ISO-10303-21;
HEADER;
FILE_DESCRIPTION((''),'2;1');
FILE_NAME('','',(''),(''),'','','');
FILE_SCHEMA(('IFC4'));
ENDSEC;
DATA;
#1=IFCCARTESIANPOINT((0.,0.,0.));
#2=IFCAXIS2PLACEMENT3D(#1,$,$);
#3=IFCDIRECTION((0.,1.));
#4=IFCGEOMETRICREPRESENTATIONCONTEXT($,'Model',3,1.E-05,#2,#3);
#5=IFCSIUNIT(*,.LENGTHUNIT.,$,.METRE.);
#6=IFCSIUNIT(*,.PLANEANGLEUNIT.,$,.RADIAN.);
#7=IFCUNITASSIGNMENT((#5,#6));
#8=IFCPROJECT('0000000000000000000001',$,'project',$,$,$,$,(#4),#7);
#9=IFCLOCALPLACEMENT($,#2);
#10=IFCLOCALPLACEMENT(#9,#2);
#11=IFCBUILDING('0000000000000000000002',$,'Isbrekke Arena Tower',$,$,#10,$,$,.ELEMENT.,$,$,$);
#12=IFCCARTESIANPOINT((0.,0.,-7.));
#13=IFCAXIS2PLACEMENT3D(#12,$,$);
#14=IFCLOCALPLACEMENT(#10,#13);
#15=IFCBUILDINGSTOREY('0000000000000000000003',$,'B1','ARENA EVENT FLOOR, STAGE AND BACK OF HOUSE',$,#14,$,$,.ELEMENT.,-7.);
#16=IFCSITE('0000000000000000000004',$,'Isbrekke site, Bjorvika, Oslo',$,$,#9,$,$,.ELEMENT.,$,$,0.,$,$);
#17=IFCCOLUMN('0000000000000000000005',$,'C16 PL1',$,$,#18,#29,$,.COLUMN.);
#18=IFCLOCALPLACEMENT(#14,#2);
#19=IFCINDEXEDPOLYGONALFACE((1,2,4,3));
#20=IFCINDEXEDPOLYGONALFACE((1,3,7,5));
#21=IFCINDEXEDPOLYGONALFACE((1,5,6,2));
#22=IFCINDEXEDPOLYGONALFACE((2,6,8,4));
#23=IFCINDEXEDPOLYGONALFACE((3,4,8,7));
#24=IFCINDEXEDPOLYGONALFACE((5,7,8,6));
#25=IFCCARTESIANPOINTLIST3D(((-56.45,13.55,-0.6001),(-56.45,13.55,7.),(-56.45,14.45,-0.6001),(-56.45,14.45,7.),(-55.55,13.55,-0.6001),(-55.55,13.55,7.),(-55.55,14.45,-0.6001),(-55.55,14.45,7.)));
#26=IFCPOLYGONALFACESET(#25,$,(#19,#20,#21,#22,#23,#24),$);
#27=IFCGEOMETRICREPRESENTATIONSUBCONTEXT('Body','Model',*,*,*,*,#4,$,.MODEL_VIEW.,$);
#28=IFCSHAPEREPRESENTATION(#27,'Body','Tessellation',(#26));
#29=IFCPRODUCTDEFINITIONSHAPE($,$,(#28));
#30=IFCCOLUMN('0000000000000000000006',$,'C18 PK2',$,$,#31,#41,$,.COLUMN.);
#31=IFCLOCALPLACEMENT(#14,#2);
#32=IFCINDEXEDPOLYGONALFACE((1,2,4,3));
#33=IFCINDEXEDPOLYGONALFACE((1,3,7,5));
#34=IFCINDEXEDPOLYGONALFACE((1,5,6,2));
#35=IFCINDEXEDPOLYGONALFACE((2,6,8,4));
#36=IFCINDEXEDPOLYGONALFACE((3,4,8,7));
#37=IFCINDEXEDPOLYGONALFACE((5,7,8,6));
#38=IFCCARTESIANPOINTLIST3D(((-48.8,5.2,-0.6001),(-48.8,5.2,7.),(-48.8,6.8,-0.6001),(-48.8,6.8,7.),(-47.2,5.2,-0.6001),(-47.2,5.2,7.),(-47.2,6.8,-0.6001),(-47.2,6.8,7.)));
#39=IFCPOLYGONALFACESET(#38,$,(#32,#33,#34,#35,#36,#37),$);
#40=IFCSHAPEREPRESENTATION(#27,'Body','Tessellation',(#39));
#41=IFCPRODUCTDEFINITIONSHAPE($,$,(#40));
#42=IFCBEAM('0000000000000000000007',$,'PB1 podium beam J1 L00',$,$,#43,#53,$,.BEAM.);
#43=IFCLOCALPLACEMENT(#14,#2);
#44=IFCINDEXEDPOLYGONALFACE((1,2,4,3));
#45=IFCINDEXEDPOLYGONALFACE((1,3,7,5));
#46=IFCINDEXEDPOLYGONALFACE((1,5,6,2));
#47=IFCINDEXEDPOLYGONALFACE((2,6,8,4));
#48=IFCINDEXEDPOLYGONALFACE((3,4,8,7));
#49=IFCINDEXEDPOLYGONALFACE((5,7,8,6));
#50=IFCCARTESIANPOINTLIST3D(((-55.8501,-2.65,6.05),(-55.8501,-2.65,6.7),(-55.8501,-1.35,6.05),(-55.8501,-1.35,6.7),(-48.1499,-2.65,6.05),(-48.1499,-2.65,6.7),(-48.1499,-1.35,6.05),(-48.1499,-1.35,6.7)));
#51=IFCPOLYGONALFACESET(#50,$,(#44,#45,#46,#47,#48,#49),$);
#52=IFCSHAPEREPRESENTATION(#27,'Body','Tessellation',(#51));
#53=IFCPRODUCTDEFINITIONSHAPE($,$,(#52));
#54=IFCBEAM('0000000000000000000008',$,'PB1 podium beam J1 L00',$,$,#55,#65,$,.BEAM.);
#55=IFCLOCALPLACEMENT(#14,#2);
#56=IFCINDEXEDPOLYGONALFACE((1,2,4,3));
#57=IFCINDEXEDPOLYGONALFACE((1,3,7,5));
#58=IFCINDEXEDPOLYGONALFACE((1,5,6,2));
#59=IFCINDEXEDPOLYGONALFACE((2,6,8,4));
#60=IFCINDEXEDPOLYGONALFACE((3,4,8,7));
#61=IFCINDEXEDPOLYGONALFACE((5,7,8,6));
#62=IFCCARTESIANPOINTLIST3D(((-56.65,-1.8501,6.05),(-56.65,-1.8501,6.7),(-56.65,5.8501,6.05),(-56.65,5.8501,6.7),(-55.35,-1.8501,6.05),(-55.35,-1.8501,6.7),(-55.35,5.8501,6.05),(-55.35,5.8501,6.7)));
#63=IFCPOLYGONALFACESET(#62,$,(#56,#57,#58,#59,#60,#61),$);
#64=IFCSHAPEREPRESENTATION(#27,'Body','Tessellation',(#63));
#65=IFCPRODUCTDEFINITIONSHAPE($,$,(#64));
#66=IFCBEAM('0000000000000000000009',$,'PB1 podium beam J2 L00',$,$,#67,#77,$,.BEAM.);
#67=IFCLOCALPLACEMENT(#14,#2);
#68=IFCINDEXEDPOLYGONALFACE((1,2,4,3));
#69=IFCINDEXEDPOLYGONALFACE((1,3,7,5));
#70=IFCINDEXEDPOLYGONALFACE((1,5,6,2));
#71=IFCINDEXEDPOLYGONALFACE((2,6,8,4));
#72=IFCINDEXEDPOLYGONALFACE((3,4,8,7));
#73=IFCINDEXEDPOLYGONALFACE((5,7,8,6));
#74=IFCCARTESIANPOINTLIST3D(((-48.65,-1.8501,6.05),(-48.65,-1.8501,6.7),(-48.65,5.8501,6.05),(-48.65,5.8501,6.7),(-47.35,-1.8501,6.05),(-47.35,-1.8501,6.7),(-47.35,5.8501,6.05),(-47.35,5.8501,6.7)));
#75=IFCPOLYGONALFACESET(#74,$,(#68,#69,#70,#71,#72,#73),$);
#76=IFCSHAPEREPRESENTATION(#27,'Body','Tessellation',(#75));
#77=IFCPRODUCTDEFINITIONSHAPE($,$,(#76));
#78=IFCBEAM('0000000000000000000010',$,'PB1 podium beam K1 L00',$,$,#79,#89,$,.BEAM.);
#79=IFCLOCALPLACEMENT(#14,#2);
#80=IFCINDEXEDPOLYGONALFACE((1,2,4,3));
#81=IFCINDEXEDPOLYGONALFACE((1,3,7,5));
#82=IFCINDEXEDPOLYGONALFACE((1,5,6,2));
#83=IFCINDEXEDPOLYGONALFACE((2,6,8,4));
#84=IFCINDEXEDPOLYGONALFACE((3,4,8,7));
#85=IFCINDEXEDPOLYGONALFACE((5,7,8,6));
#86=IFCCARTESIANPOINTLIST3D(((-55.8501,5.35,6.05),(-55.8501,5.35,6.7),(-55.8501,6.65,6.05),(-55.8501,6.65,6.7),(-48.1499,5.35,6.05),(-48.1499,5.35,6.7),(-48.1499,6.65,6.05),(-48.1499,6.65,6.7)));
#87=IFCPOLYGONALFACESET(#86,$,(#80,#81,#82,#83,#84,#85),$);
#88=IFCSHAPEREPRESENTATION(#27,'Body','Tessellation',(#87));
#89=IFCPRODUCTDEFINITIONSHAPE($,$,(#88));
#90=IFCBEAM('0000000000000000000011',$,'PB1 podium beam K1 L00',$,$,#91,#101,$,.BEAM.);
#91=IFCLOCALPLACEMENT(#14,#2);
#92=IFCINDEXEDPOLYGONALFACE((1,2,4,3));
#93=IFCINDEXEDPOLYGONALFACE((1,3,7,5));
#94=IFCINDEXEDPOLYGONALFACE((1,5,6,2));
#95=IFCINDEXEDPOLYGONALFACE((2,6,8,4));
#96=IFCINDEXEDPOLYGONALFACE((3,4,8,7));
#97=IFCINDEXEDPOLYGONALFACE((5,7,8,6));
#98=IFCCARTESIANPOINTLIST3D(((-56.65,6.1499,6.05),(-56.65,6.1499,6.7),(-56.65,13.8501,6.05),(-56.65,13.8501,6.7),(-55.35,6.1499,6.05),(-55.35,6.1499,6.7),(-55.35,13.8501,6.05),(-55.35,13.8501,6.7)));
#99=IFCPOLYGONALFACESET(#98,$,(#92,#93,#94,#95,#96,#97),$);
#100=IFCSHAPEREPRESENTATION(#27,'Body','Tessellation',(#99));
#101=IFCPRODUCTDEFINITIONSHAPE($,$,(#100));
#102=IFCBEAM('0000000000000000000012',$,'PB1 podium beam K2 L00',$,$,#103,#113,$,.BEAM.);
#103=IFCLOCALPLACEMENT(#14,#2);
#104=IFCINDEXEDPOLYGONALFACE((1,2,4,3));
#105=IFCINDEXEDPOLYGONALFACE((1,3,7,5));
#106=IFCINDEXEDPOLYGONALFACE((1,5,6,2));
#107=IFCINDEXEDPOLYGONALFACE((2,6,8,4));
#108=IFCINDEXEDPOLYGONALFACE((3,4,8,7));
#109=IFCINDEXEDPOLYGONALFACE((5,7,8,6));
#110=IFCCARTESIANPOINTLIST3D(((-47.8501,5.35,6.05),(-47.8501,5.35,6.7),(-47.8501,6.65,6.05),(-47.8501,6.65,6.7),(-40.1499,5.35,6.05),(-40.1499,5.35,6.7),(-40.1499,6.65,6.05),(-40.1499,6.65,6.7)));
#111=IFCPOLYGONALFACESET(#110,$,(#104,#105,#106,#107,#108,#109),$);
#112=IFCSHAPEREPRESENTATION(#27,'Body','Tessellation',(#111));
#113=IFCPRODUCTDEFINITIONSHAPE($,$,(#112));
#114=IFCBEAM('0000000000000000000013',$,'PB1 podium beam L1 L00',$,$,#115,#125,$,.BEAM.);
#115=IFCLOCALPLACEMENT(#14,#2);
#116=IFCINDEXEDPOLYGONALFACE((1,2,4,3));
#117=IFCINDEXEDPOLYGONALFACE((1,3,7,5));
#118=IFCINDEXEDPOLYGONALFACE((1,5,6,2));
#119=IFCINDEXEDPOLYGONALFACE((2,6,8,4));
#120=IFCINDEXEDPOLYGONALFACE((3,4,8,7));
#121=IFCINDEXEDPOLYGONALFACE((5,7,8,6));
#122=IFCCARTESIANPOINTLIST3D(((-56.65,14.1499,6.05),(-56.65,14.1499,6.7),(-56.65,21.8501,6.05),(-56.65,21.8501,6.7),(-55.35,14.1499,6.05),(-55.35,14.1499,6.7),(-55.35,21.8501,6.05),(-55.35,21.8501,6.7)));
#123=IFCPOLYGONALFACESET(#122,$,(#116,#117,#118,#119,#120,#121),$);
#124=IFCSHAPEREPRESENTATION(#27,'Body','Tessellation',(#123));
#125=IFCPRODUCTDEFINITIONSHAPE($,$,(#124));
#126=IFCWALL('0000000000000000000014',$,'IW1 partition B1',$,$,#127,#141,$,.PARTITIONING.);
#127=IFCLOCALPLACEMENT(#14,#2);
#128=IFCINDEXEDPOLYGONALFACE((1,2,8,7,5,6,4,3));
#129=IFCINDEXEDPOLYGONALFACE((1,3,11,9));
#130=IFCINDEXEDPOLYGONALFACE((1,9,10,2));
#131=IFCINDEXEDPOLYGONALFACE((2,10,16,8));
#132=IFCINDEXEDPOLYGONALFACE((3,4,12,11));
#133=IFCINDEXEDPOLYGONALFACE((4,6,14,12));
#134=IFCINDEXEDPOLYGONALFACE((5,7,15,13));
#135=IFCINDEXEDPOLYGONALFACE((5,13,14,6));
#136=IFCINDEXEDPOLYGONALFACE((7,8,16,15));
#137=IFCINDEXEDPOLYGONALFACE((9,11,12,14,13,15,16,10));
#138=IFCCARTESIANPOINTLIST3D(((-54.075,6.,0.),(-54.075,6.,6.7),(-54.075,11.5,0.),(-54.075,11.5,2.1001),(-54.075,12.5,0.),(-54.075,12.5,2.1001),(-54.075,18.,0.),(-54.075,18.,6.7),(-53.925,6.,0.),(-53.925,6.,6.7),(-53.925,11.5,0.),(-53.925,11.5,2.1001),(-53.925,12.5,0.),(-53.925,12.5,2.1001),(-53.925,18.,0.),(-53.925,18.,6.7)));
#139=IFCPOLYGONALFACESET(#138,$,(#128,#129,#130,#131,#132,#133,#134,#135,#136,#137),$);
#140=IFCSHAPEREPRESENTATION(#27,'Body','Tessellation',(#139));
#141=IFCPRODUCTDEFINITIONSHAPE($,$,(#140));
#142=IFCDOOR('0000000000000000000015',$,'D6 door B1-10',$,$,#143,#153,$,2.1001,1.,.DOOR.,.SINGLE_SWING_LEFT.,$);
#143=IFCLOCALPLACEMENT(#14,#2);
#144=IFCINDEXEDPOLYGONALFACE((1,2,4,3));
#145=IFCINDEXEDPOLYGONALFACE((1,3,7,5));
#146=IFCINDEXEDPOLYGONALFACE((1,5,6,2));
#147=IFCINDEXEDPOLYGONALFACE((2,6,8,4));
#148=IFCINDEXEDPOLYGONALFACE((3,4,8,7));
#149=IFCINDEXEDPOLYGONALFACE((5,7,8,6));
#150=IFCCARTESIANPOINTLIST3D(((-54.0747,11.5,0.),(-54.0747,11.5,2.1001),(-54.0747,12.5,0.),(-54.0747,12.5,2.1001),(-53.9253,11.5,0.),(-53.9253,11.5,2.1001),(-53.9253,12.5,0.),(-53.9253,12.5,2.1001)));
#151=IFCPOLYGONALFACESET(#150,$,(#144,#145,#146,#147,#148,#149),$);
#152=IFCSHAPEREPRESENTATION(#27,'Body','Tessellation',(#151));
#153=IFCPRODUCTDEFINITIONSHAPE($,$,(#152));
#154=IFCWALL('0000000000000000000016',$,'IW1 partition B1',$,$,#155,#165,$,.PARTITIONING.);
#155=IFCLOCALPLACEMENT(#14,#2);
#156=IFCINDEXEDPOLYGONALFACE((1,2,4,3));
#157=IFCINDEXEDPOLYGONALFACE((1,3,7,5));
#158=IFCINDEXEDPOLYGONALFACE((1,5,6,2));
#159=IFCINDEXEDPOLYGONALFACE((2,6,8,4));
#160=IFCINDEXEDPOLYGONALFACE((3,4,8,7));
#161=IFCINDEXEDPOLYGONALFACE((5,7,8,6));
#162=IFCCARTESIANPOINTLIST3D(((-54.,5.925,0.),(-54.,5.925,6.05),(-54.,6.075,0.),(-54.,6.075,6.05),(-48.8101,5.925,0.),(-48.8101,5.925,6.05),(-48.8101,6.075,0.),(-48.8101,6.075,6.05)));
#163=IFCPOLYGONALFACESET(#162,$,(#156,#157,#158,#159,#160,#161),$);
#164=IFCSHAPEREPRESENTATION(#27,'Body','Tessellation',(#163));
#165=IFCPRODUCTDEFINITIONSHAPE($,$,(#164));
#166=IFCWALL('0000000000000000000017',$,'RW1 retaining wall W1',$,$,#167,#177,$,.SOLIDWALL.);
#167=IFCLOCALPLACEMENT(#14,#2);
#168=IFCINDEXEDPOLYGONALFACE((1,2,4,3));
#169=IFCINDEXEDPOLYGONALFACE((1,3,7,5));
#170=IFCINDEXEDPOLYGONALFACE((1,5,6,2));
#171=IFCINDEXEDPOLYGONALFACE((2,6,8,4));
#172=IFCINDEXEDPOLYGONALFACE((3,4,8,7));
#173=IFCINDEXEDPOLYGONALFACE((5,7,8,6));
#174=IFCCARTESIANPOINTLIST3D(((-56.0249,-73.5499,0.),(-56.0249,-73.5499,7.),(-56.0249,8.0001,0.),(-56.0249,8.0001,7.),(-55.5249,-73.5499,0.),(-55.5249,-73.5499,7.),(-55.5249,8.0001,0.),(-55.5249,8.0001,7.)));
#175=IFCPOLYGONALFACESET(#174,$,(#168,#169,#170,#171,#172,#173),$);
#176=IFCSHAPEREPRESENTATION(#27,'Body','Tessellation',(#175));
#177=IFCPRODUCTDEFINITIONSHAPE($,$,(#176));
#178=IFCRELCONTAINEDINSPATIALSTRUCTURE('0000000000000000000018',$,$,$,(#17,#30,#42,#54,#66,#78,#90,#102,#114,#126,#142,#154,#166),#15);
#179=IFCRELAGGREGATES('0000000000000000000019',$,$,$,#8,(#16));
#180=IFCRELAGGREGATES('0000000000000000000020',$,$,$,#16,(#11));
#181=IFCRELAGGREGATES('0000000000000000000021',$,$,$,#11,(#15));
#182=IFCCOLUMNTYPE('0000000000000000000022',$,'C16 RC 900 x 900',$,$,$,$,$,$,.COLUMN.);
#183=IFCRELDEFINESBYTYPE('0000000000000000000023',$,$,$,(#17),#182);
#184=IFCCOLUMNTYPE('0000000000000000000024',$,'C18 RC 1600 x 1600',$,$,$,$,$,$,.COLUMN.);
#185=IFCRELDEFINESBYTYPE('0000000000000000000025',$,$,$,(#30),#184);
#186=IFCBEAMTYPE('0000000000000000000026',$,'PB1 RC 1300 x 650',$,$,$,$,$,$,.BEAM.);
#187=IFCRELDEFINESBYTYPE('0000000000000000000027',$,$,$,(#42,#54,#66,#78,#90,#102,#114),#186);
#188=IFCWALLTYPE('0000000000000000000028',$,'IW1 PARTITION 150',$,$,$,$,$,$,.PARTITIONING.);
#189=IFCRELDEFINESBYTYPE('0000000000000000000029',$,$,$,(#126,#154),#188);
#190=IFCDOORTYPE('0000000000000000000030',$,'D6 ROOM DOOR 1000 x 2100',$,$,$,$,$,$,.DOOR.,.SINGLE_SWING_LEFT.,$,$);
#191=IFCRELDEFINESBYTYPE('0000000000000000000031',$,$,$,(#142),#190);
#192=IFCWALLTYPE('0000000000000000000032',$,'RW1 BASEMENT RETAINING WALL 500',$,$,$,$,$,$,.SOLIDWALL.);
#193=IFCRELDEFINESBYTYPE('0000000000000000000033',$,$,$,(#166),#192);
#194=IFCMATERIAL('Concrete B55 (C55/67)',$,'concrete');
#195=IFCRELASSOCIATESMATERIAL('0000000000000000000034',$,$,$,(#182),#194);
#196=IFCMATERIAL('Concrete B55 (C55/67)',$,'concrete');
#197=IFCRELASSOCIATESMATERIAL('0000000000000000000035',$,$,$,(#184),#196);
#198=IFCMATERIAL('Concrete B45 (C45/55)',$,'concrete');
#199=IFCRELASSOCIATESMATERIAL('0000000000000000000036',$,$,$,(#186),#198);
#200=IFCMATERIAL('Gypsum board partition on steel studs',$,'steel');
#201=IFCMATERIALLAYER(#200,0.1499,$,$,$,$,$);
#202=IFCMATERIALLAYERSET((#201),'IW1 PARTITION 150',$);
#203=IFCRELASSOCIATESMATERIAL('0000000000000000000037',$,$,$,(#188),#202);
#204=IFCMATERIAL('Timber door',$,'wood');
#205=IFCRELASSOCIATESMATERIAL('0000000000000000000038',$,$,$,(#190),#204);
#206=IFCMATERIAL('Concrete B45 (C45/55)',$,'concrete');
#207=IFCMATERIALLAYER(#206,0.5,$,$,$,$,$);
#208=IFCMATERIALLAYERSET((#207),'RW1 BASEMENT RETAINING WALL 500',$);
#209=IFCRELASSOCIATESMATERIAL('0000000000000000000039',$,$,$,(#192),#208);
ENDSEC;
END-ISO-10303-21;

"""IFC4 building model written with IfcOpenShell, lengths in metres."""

from ifc_helpers import new_model, si_unit, direction, frame, frame_2d, origin, origin_2d, place, context, subcontext, project, spatial, rectangle, extrude, material, layer, layer_set, material_profile, profile_set, type_object, element, fill, save


model = new_model("IFC4")

# Units and contexts
model_context = context("Model", 3, precision=1e-05, world=origin(), true_north=direction((0.0, 1.0)))
body_context = subcontext(model_context, "Body", "Model", "MODEL_VIEW")
ifc_project = project(units=[si_unit("LENGTHUNIT", "METRE"), si_unit("PLANEANGLEUNIT", "RADIAN")], contexts=[model_context])

# Site, building, storey
site_placement = place(None, origin())
site = spatial("IfcSite", under=ifc_project, at=site_placement, Name="Isbrekke site, Bjorvika, Oslo", CompositionType="ELEMENT", RefElevation=0.0)
building_placement = place(site_placement, origin())
building = spatial("IfcBuilding", under=site, at=building_placement, Name="Isbrekke Arena Tower", CompositionType="ELEMENT")
storey_placement = place(building_placement, frame((0.0, 0.0, -7.0)))
storey = spatial("IfcBuildingStorey", under=building, at=storey_placement, Name="B1", Description="ARENA EVENT FLOOR, STAGE AND BACK OF HOUSE", CompositionType="ELEMENT", Elevation=-7.0)

# Columns
ifc_material_1 = material(Name="Concrete B55 (C55/67)", Category="concrete")
ifc_material_profile_1 = material_profile(ifc_material_1, rectangle(XDim=0.8999, YDim=0.8999, at=origin_2d()), Name="RC 900x900")
ifc_profile_set_1 = profile_set([ifc_material_profile_1], Name="Concrete B55 (C55/67)")
column_type_1 = type_object("IfcColumnType", Name="C16 RC 900 x 900", PredefinedType="COLUMN", material=ifc_profile_set_1)
for number, where, z_axis, x_axis, name in (
    (1, (-56.0, 14.0, -0.6001), (0.0, 0.0, 1.0), (1.0, 0.0, 0.0), "C16 PL1"),
):
    element("IfcColumn", number, at=place(storey_placement, frame(where, z_axis=z_axis, x_axis=x_axis)), inside=storey, type_object=column_type_1, Name=name, PredefinedType="COLUMN", context=body_context, shape_type="SweptSolid", body=[
        extrude(rectangle(XDim=0.8999, YDim=0.8999, at=origin_2d()), origin(), (0.0, 0.0, 1.0), 7.6001),
    ])
ifc_material_2 = material(Name="Concrete B55 (C55/67)", Category="concrete")
ifc_material_profile_2 = material_profile(ifc_material_2, rectangle(XDim=1.6001, YDim=1.6001, at=origin_2d()), Name="RC 1600x1600")
ifc_profile_set_2 = profile_set([ifc_material_profile_2], Name="Concrete B55 (C55/67)")
column_type_2 = type_object("IfcColumnType", Name="C18 RC 1600 x 1600", PredefinedType="COLUMN", material=ifc_profile_set_2)
column_placement = place(storey_placement, frame((-48.0, 6.0, -0.6001), z_axis=(0.0, 0.0, 1.0), x_axis=(1.0, 0.0, 0.0)))
element("IfcColumn", 2, at=column_placement, inside=storey, type_object=column_type_2, Name="C18 PK2", PredefinedType="COLUMN", context=body_context, shape_type="SweptSolid", body=[
    extrude(rectangle(XDim=1.6001, YDim=1.6001, at=origin_2d()), origin(), (0.0, 0.0, 1.0), 7.6001),
])

# Beams
ifc_material_3 = material(Name="Concrete B45 (C45/55)", Category="concrete")
ifc_material_profile_3 = material_profile(ifc_material_3, rectangle(XDim=1.3, YDim=0.6499, at=origin_2d()), Name="RC 1300x650")
ifc_profile_set_3 = profile_set([ifc_material_profile_3], Name="Concrete B45 (C45/55)")
beam_type = type_object("IfcBeamType", Name="PB1 RC 1300 x 650", PredefinedType="BEAM", material=ifc_profile_set_3)
for number, where, z_axis, x_axis, name in (
    (3, (-55.8501, -2.0, 6.375), (1.0, 0.0, 0.0), (0.0, 1.0, 0.0), "PB1 podium beam J1 L00"),
    (4, (-56.0, -1.8501, 6.375), (0.0, 1.0, 0.0), (-1.0, 0.0, 0.0), "PB1 podium beam J1 L00"),
    (5, (-48.0, -1.8501, 6.375), (0.0, 1.0, 0.0), (-1.0, 0.0, 0.0), "PB1 podium beam J2 L00"),
    (6, (-55.8501, 6.0, 6.375), (1.0, 0.0, 0.0), (0.0, 1.0, 0.0), "PB1 podium beam K1 L00"),
    (7, (-56.0, 6.1499, 6.375), (0.0, 1.0, 0.0), (-1.0, 0.0, 0.0), "PB1 podium beam K1 L00"),
    (8, (-47.8501, 6.0, 6.375), (1.0, 0.0, 0.0), (0.0, 1.0, 0.0), "PB1 podium beam K2 L00"),
    (9, (-56.0, 14.1499, 6.375), (0.0, 1.0, 0.0), (-1.0, 0.0, 0.0), "PB1 podium beam L1 L00"),
):
    element("IfcBeam", number, at=place(storey_placement, frame(where, z_axis=z_axis, x_axis=x_axis)), inside=storey, type_object=beam_type, Name=name, PredefinedType="BEAM", context=body_context, shape_type="SweptSolid", body=[
        extrude(rectangle(XDim=1.3, YDim=0.6499, at=origin_2d()), origin(), (0.0, 0.0, 1.0), 7.7002),
    ])

# Wall, opening, door
ifc_material_4 = material(Name="Gypsum board partition on steel studs", Category="steel")
ifc_layer_1 = layer(ifc_material_4, 0.1499)
ifc_layer_set_1 = layer_set([ifc_layer_1], Name="IW1 PARTITION 150")
wall_type_1 = type_object("IfcWallType", Name="IW1 PARTITION 150", PredefinedType="PARTITIONING", material=ifc_layer_set_1)
wall_1_placement = place(storey_placement, frame((-54.0, 6.0, 0.0), z_axis=(0.0, 0.0, 1.0), x_axis=(0.0, 1.0, 0.0)))
wall_1 = element("IfcWall", 10, at=wall_1_placement, inside=storey, type_object=wall_type_1, Name="IW1 partition B1", PredefinedType="PARTITIONING", context=body_context, shape_type="SweptSolid", body=[
    extrude(rectangle(XDim=12.0, YDim=0.1499, at=frame_2d((6.0, 0.0))), origin(), (0.0, 0.0, 1.0), 6.7),
])
opening_placement = place(wall_1_placement, frame((5.5, 0.0, 0.0)))
opening = element("IfcOpeningElement", 11, at=opening_placement, cuts=wall_1, PredefinedType="OPENING", context=body_context, shape_type="SweptSolid", body=[
    extrude(rectangle(XDim=1.0, YDim=2.1001, at=frame_2d((0.5, 1.05))), frame((0.0, 0.0898, 0.0), z_axis=(0.0, -1.0, 0.0), x_axis=(1.0, 0.0, 0.0)), (0.0, 0.0, 1.0), 0.1797),
])
ifc_material_5 = material(Name="Timber door", Category="wood")
door_type = type_object("IfcDoorType", Name="D6 ROOM DOOR 1000 x 2100", OperationType="SINGLE_SWING_LEFT", PredefinedType="DOOR", material=ifc_material_5)
door_placement = place(opening_placement, origin())
door = element("IfcDoor", 12, at=door_placement, inside=storey, type_object=door_type, Name="D6 door B1-10", OperationType="SINGLE_SWING_LEFT", OverallHeight=2.1001, OverallWidth=1.0, PredefinedType="DOOR", context=body_context, shape_type="SweptSolid", body=[
    extrude(rectangle(XDim=1.0, YDim=2.1001, at=frame_2d((0.5, 1.05))), frame((0.0, 0.0747, 0.0), z_axis=(0.0, -1.0, 0.0), x_axis=(1.0, 0.0, 0.0)), (0.0, 0.0, 1.0), 0.1494),
])
fill(opening, door)

# Walls
wall_2_placement = place(storey_placement, frame((-54.0, 6.0, 0.0), z_axis=(0.0, 0.0, 1.0), x_axis=(1.0, 0.0, 0.0)))
element("IfcWall", 13, at=wall_2_placement, inside=storey, type_object=wall_type_1, Name="IW1 partition B1", PredefinedType="PARTITIONING", context=body_context, shape_type="SweptSolid", body=[
    extrude(rectangle(XDim=5.1899, YDim=0.1499, at=frame_2d((2.595, 0.0))), origin(), (0.0, 0.0, 1.0), 6.05),
])
ifc_material_6 = material(Name="Concrete B45 (C45/55)", Category="concrete")
ifc_layer_2 = layer(ifc_material_6, 0.5)
ifc_layer_set_2 = layer_set([ifc_layer_2], Name="RW1 BASEMENT RETAINING WALL 500")
wall_type_2 = type_object("IfcWallType", Name="RW1 BASEMENT RETAINING WALL 500", PredefinedType="SOLIDWALL", material=ifc_layer_set_2)
wall_3_placement = place(storey_placement, frame((-55.7749, 8.0, 0.0), z_axis=(0.0, 0.0, 1.0), x_axis=(0.0, -1.0, 0.0)))
element("IfcWall", 14, at=wall_3_placement, inside=storey, type_object=wall_type_2, Name="RW1 retaining wall W1", PredefinedType="SOLIDWALL", context=body_context, shape_type="SweptSolid", body=[
    extrude(rectangle(XDim=81.55, YDim=0.5, at=frame_2d((40.7749, 0.0))), origin(), (0.0, 0.0, 1.0), 7.0),
])

save(model, "model.ifc")
